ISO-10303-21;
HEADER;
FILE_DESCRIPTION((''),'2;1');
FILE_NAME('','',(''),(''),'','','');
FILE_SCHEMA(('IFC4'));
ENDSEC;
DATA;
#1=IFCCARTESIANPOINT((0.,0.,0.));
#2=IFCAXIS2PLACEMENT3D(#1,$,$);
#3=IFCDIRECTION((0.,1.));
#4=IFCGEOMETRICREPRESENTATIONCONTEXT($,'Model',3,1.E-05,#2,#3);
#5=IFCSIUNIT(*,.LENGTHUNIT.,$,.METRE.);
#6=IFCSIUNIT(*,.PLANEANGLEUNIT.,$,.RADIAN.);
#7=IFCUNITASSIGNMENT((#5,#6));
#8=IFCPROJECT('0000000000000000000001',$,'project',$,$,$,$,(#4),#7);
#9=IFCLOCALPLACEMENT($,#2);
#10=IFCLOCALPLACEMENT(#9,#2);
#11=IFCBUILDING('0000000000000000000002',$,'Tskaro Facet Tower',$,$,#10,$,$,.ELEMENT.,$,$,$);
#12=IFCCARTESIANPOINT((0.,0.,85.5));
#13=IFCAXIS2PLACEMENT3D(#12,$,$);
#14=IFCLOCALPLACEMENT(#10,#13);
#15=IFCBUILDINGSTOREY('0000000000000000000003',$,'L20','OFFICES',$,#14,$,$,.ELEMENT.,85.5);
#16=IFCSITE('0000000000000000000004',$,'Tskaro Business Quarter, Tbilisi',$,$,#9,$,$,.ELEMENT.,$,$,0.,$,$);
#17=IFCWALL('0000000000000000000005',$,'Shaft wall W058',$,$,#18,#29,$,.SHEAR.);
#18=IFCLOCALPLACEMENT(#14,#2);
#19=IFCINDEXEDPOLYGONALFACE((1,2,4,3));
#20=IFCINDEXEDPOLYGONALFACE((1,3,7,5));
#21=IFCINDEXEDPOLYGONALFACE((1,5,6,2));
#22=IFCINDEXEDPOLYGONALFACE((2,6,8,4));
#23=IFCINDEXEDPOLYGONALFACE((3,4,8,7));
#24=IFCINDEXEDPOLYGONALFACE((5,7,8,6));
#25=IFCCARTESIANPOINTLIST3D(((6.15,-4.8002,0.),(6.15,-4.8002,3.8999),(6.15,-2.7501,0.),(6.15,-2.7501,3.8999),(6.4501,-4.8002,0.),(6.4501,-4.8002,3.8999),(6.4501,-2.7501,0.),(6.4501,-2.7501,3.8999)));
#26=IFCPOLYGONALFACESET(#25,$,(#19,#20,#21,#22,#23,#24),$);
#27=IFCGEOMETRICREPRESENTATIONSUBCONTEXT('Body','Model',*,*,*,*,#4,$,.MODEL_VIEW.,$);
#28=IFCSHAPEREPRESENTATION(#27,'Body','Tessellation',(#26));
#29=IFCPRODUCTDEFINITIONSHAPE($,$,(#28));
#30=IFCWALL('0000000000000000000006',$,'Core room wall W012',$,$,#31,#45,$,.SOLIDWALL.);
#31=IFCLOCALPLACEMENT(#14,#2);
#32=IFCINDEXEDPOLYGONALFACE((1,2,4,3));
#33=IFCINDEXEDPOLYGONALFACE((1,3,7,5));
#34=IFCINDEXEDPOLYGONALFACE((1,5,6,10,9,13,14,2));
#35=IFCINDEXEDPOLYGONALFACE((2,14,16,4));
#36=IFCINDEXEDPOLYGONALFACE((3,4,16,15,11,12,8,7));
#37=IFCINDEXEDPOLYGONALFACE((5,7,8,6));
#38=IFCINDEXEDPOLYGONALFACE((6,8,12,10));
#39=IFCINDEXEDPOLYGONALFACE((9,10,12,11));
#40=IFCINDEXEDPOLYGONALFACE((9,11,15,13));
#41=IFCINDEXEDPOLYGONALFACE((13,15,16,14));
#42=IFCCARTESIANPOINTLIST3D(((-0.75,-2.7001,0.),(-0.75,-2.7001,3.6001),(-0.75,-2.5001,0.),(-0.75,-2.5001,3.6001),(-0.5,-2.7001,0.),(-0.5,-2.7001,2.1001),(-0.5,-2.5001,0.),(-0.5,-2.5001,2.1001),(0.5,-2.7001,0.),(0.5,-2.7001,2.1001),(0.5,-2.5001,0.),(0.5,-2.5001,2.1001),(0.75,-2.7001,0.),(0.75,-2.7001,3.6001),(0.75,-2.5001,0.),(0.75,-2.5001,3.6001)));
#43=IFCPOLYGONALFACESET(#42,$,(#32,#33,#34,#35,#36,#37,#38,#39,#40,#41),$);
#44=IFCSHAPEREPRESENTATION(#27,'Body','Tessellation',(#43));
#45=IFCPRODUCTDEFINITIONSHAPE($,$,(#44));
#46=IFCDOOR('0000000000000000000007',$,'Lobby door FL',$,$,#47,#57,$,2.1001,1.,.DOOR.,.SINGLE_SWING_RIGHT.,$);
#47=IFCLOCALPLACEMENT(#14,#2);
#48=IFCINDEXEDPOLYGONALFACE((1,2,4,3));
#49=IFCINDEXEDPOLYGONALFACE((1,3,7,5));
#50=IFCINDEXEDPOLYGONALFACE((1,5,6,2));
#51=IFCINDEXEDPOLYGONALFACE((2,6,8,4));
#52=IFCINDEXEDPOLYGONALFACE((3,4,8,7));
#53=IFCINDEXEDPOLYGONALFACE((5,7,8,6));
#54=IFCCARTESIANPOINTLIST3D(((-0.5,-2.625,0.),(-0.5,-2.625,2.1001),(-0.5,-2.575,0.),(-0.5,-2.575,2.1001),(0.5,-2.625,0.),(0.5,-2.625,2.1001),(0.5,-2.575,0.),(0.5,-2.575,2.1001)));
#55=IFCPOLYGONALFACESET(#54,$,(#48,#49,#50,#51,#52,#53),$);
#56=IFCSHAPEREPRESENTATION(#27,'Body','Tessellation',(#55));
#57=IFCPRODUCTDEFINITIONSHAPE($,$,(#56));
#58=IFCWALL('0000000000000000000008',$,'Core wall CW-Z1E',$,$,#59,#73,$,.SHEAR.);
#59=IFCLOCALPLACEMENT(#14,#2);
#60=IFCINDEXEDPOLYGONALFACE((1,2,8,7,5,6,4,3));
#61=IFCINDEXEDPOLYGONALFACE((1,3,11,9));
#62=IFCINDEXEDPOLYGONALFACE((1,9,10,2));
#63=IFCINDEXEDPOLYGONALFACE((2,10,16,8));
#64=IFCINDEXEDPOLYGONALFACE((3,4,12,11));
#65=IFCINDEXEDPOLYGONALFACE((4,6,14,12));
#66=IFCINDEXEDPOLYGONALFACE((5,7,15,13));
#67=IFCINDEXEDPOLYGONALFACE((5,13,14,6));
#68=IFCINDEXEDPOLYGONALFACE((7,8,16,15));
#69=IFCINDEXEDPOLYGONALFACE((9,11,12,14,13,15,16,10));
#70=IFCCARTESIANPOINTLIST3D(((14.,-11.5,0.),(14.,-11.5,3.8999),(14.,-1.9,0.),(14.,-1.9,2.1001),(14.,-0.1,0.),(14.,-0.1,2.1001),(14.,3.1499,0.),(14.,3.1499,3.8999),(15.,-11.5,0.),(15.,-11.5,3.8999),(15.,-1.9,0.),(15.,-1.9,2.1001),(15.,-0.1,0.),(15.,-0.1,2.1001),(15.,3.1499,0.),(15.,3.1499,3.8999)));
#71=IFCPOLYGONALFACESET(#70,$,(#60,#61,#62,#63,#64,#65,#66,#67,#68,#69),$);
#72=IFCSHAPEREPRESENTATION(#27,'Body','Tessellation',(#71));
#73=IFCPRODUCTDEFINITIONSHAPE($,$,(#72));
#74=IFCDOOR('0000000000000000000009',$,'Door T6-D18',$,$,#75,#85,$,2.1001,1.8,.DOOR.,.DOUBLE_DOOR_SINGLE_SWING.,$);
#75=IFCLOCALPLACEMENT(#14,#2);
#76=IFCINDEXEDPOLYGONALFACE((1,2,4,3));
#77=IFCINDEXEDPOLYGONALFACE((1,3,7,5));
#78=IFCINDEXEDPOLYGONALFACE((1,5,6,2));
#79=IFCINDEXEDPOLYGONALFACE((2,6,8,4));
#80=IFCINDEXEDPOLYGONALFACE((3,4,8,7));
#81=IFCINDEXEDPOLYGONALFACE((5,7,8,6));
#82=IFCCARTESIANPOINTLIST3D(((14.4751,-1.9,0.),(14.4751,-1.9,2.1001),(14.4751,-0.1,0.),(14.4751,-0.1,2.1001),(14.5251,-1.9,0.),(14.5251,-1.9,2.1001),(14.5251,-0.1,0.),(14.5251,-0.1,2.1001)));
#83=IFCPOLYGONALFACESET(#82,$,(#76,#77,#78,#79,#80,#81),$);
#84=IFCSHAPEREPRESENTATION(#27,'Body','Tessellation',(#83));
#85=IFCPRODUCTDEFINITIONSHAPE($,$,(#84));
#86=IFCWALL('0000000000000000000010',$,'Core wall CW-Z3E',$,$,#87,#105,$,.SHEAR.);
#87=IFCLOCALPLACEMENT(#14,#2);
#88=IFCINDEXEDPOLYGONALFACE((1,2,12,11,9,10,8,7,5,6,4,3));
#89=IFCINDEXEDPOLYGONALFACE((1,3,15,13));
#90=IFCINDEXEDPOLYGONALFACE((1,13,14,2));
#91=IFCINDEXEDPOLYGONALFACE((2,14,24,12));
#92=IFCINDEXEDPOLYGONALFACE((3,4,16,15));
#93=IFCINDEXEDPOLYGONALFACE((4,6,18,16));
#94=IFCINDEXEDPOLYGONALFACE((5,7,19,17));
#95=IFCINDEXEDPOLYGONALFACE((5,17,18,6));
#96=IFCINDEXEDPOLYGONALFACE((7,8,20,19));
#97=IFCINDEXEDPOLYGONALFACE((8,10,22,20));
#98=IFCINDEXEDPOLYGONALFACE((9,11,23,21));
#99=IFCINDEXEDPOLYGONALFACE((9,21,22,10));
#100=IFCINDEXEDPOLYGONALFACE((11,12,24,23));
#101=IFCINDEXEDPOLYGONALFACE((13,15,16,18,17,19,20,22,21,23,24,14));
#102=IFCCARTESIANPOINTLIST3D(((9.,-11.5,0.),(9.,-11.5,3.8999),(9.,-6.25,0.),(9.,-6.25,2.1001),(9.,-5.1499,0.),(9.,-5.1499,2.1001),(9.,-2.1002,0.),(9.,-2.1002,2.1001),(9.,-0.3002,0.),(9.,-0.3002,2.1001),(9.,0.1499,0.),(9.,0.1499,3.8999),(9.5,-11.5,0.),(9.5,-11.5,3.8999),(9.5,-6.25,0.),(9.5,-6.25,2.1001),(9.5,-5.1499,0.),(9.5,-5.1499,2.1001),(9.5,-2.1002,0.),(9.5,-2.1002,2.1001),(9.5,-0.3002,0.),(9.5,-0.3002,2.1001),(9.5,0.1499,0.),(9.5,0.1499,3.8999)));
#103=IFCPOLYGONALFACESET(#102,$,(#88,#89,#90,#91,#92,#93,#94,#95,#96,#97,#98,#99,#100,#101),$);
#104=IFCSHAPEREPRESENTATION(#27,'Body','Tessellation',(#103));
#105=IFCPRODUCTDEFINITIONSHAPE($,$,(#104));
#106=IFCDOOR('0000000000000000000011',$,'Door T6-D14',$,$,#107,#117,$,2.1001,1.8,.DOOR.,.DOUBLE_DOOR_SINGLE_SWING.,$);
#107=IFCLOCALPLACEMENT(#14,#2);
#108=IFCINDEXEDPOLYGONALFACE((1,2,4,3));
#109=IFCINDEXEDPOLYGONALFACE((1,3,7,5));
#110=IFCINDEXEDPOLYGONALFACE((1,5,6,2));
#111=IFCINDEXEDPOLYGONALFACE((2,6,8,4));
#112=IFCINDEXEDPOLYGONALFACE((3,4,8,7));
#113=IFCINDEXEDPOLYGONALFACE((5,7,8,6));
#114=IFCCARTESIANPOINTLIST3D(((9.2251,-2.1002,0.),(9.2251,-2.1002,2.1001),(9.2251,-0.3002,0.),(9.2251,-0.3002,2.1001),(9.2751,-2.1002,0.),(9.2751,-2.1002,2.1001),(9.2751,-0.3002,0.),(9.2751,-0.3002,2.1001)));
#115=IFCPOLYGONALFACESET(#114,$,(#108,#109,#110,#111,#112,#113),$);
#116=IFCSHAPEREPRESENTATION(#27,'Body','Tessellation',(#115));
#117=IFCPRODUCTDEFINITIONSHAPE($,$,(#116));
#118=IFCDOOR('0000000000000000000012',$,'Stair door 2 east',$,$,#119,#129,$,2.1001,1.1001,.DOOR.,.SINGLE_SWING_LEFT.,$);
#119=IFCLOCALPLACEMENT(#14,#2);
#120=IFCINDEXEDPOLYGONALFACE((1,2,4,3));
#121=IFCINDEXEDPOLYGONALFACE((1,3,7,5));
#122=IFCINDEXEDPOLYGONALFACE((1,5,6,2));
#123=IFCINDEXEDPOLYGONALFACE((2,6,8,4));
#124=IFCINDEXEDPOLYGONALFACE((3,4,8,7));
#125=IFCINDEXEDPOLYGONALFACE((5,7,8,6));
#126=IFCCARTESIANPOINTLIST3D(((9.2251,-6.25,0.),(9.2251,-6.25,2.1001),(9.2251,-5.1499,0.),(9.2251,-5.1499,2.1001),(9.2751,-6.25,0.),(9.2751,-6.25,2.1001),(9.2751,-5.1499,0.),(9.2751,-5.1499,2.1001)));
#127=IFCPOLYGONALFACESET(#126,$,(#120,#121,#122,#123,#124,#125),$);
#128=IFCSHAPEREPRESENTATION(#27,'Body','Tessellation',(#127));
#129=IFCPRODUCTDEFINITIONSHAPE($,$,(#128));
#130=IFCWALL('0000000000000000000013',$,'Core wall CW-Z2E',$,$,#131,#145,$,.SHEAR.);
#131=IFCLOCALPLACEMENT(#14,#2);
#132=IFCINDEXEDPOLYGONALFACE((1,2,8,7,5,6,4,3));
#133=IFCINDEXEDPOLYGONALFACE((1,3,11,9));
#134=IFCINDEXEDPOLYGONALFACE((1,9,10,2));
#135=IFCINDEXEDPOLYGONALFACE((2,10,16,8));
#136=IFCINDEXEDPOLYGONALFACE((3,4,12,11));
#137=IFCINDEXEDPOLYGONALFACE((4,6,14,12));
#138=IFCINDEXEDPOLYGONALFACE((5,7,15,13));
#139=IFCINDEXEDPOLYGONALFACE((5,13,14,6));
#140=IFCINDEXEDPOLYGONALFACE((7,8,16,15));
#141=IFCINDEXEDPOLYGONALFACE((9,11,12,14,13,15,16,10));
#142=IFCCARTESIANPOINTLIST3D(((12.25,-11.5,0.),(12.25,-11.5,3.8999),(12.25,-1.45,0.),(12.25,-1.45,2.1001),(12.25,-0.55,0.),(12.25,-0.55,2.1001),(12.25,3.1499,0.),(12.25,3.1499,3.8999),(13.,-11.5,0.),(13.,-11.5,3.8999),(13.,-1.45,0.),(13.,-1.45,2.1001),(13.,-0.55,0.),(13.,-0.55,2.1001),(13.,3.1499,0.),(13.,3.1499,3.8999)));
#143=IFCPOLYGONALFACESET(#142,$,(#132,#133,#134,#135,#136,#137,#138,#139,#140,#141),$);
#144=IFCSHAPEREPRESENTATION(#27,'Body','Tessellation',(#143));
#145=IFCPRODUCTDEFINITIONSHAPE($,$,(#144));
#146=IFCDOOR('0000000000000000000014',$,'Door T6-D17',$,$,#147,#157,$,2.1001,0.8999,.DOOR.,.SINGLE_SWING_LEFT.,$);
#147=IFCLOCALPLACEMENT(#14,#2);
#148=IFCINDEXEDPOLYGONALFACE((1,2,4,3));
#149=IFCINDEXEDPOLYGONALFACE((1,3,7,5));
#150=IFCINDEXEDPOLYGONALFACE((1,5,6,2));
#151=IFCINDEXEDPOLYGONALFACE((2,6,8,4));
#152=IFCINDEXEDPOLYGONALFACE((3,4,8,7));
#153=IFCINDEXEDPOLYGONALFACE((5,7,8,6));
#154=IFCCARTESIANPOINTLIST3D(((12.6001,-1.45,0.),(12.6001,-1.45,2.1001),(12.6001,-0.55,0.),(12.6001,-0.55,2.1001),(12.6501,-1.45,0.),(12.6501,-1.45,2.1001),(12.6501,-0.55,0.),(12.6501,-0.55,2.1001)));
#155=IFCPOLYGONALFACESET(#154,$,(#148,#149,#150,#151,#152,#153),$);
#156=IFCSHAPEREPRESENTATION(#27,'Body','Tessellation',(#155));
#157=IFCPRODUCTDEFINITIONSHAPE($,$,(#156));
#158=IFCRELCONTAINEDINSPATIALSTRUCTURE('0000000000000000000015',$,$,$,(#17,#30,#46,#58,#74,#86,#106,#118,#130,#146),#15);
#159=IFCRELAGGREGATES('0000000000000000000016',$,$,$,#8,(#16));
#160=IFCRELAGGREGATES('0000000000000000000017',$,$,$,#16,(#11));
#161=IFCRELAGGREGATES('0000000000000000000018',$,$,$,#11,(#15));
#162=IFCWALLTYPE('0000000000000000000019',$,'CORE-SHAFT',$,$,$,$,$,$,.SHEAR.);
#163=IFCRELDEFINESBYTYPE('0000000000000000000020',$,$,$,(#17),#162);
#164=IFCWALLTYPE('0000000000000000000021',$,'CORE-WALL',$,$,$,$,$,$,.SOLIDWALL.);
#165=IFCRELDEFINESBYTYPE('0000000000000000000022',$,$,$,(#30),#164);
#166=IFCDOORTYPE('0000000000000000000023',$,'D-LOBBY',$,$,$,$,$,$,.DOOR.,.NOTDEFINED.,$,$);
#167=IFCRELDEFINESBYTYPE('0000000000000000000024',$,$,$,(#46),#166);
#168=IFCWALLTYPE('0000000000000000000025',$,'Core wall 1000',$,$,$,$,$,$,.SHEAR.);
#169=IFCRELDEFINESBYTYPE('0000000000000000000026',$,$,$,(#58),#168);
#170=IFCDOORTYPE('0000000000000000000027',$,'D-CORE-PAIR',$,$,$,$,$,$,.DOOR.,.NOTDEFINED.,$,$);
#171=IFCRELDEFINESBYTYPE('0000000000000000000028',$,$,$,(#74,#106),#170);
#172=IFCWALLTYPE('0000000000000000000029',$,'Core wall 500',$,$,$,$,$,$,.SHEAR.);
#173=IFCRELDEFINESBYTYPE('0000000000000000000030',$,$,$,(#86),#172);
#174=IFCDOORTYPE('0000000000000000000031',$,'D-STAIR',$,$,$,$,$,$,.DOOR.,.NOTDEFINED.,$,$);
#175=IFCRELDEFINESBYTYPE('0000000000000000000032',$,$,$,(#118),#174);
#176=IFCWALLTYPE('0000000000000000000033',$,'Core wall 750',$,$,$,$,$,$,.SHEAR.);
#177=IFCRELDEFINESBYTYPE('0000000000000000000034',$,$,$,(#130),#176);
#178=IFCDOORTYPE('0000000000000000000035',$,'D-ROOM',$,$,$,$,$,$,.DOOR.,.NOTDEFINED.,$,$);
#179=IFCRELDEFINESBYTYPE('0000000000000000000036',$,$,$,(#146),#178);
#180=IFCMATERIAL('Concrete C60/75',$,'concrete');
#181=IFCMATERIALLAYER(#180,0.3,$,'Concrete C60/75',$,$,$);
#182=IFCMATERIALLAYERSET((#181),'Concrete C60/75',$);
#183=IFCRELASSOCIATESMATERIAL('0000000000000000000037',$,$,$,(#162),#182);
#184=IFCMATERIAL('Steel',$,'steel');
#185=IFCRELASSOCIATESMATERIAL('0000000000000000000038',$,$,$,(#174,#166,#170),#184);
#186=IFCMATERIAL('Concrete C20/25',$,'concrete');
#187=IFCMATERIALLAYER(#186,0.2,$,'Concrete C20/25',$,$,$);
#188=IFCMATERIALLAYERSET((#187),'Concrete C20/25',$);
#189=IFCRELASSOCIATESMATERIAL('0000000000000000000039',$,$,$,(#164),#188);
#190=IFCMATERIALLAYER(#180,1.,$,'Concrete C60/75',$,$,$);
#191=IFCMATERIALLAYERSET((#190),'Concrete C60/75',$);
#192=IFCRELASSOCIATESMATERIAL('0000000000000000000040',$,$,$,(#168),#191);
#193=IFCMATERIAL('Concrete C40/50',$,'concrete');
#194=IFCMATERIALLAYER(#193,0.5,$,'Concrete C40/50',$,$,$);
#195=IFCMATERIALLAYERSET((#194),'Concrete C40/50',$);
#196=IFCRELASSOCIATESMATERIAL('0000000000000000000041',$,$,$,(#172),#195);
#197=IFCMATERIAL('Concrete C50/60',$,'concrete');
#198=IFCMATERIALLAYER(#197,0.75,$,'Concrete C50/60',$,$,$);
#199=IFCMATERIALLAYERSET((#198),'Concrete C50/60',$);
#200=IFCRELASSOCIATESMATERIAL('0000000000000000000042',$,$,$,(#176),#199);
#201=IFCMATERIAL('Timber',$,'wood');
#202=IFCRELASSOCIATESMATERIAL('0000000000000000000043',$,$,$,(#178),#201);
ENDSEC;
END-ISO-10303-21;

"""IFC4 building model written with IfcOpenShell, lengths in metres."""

from ifc_helpers import new_model, si_unit, direction, frame, frame_2d, origin, place, context, subcontext, project, spatial, rectangle, extrude, material, layer, layer_set, type_object, element, fill, save


model = new_model("IFC4")

# Units and contexts
model_context = context("Model", 3, precision=1e-05, world=origin(), true_north=direction((0.0, 1.0)))
body_context = subcontext(model_context, "Body", "Model", "MODEL_VIEW")
ifc_project = project(units=[si_unit("LENGTHUNIT", "METRE"), si_unit("PLANEANGLEUNIT", "RADIAN")], contexts=[model_context])

# Site, building, storey
site_placement = place(None, origin())
site = spatial("IfcSite", under=ifc_project, at=site_placement, Name="Tskaro Business Quarter, Tbilisi", CompositionType="ELEMENT", RefElevation=0.0)
building_placement = place(site_placement, origin())
building = spatial("IfcBuilding", under=site, at=building_placement, Name="Tskaro Facet Tower", CompositionType="ELEMENT")
storey_placement = place(building_placement, frame((0.0, 0.0, 85.5)))
storey = spatial("IfcBuildingStorey", under=building, at=storey_placement, Name="L20", Description="OFFICES", CompositionType="ELEMENT", Elevation=85.5)

# Shared definitions
ifc_material_1 = material(Name="Concrete C60/75", Category="concrete")
ifc_layer_1 = layer(ifc_material_1, 0.3, Name="Concrete C60/75")
ifc_layer_set_1 = layer_set([ifc_layer_1], Name="Concrete C60/75")
wall_type_1 = type_object("IfcWallType", Name="CORE-SHAFT", PredefinedType="SHEAR", material=ifc_layer_set_1)

# Shared definitions
ifc_material_2 = material(Name="Steel", Category="steel")
door_type_1 = type_object("IfcDoorType", Name="D-STAIR", OperationType="NOTDEFINED", PredefinedType="DOOR", material=ifc_material_2)

# Wall
wall_1_placement = place(storey_placement, frame((6.3, -4.8, 0.0), z_axis=(0.0, 0.0, 1.0), x_axis=(0.0, 1.0, 0.0)))
element("IfcWall", 1, at=wall_1_placement, inside=storey, type_object=wall_type_1, Name="Shaft wall W058", PredefinedType="SHEAR", context=body_context, shape_type="SweptSolid", body=[
    extrude(rectangle(XDim=2.05, YDim=0.3, at=frame_2d((1.0249, 0.0))), origin(), (0.0, 0.0, 1.0), 3.8999),
])

# Walls, openings, doors
ifc_material_3 = material(Name="Concrete C20/25", Category="concrete")
ifc_layer_2 = layer(ifc_material_3, 0.2, Name="Concrete C20/25")
ifc_layer_set_2 = layer_set([ifc_layer_2], Name="Concrete C20/25")
wall_type_2 = type_object("IfcWallType", Name="CORE-WALL", PredefinedType="SOLIDWALL", material=ifc_layer_set_2)
wall_2_placement = place(storey_placement, frame((0.75, -2.6001, 0.0), z_axis=(0.0, 0.0, 1.0), x_axis=(-1.0, 0.0, 0.0)))
wall_2 = element("IfcWall", 2, at=wall_2_placement, inside=storey, type_object=wall_type_2, Name="Core room wall W012", PredefinedType="SOLIDWALL", context=body_context, shape_type="SweptSolid", body=[
    extrude(rectangle(XDim=1.5, YDim=0.2, at=frame_2d((0.75, 0.0))), origin(), (0.0, 0.0, 1.0), 3.6001),
])
opening_1_placement = place(wall_2_placement, frame((0.25, 0.0, 0.0)))
opening_1 = element("IfcOpeningElement", 3, at=opening_1_placement, cuts=wall_2, PredefinedType="OPENING", context=body_context, shape_type="SweptSolid", body=[
    extrude(rectangle(XDim=1.0, YDim=2.1001, at=frame_2d((0.5, 1.05))), frame((0.0, 0.1099, 0.0), z_axis=(0.0, -1.0, 0.0), x_axis=(1.0, 0.0, 0.0)), (0.0, 0.0, 1.0), 0.22),
])
door_type_2 = type_object("IfcDoorType", Name="D-LOBBY", OperationType="NOTDEFINED", PredefinedType="DOOR", material=ifc_material_2)
door_1_placement = place(opening_1_placement, origin())
door_1 = element("IfcDoor", 4, at=door_1_placement, inside=storey, type_object=door_type_2, Name="Lobby door FL", OperationType="SINGLE_SWING_RIGHT", OverallHeight=2.1001, OverallWidth=1.0, PredefinedType="DOOR", context=body_context, shape_type="SweptSolid", body=[
    extrude(rectangle(XDim=1.0, YDim=2.1001, at=frame_2d((0.5, 1.05))), frame((0.0, 0.0249, 0.0), z_axis=(0.0, -1.0, 0.0), x_axis=(1.0, 0.0, 0.0)), (0.0, 0.0, 1.0), 0.05),
])
fill(opening_1, door_1)
ifc_layer_3 = layer(ifc_material_1, 1.0, Name="Concrete C60/75")
ifc_layer_set_3 = layer_set([ifc_layer_3], Name="Concrete C60/75")
wall_type_3 = type_object("IfcWallType", Name="Core wall 1000", PredefinedType="SHEAR", material=ifc_layer_set_3)
wall_3_placement = place(storey_placement, frame((14.5, -11.5, 0.0), z_axis=(0.0, 0.0, 1.0), x_axis=(0.0, 1.0, 0.0)))
wall_3 = element("IfcWall", 5, at=wall_3_placement, inside=storey, type_object=wall_type_3, Name="Core wall CW-Z1E", PredefinedType="SHEAR", context=body_context, shape_type="SweptSolid", body=[
    extrude(rectangle(XDim=14.6499, YDim=1.0, at=frame_2d((7.325, 0.0))), origin(), (0.0, 0.0, 1.0), 3.8999),
])
opening_2_placement = place(wall_3_placement, frame((9.6001, 0.0, 0.0)))
opening_2 = element("IfcOpeningElement", 6, at=opening_2_placement, cuts=wall_3, PredefinedType="OPENING", context=body_context, shape_type="SweptSolid", body=[
    extrude(rectangle(XDim=1.8, YDim=2.1001, at=frame_2d((0.8999, 1.05))), frame((0.0, 0.51, 0.0), z_axis=(0.0, -1.0, 0.0), x_axis=(1.0, 0.0, 0.0)), (0.0, 0.0, 1.0), 1.02),
])
door_type_3 = type_object("IfcDoorType", Name="D-CORE-PAIR", OperationType="NOTDEFINED", PredefinedType="DOOR", material=ifc_material_2)
door_2_placement = place(opening_2_placement, origin())
door_2 = element("IfcDoor", 7, at=door_2_placement, inside=storey, type_object=door_type_3, Name="Door T6-D18", OperationType="DOUBLE_DOOR_SINGLE_SWING", OverallHeight=2.1001, OverallWidth=1.8, PredefinedType="DOOR", context=body_context, shape_type="SweptSolid", body=[
    extrude(rectangle(XDim=1.8, YDim=2.1001, at=frame_2d((0.8999, 1.05))), frame((0.0, 0.0249, 0.0), z_axis=(0.0, -1.0, 0.0), x_axis=(1.0, 0.0, 0.0)), (0.0, 0.0, 1.0), 0.05),
])
fill(opening_2, door_2)

# Wall, openings, doors
ifc_material_4 = material(Name="Concrete C40/50", Category="concrete")
ifc_layer_4 = layer(ifc_material_4, 0.5, Name="Concrete C40/50")
ifc_layer_set_4 = layer_set([ifc_layer_4], Name="Concrete C40/50")
wall_type_4 = type_object("IfcWallType", Name="Core wall 500", PredefinedType="SHEAR", material=ifc_layer_set_4)
wall_4_placement = place(storey_placement, frame((9.25, -11.5, 0.0), z_axis=(0.0, 0.0, 1.0), x_axis=(0.0, 1.0, 0.0)))
wall_4 = element("IfcWall", 8, at=wall_4_placement, inside=storey, type_object=wall_type_4, Name="Core wall CW-Z3E", PredefinedType="SHEAR", context=body_context, shape_type="SweptSolid", body=[
    extrude(rectangle(XDim=11.6499, YDim=0.5, at=frame_2d((5.825, 0.0))), origin(), (0.0, 0.0, 1.0), 3.8999),
])
opening_3_placement = place(wall_4_placement, frame((9.3999, 0.0, 0.0)))
opening_3 = element("IfcOpeningElement", 9, at=opening_3_placement, cuts=wall_4, PredefinedType="OPENING", context=body_context, shape_type="SweptSolid", body=[
    extrude(rectangle(XDim=1.8, YDim=2.1001, at=frame_2d((0.8999, 1.05))), frame((0.0, 0.26, 0.0), z_axis=(0.0, -1.0, 0.0), x_axis=(1.0, 0.0, 0.0)), (0.0, 0.0, 1.0), 0.52),
])
opening_4_placement = place(wall_4_placement, frame((5.25, 0.0, 0.0)))
opening_4 = element("IfcOpeningElement", 10, at=opening_4_placement, cuts=wall_4, PredefinedType="OPENING", context=body_context, shape_type="SweptSolid", body=[
    extrude(rectangle(XDim=1.1001, YDim=2.1001, at=frame_2d((0.55, 1.05))), frame((0.0, 0.26, 0.0), z_axis=(0.0, -1.0, 0.0), x_axis=(1.0, 0.0, 0.0)), (0.0, 0.0, 1.0), 0.52),
])
door_3_placement = place(opening_3_placement, origin())
door_3 = element("IfcDoor", 11, at=door_3_placement, inside=storey, type_object=door_type_3, Name="Door T6-D14", OperationType="DOUBLE_DOOR_SINGLE_SWING", OverallHeight=2.1001, OverallWidth=1.8, PredefinedType="DOOR", context=body_context, shape_type="SweptSolid", body=[
    extrude(rectangle(XDim=1.8, YDim=2.1001, at=frame_2d((0.8999, 1.05))), frame((0.0, 0.0249, 0.0), z_axis=(0.0, -1.0, 0.0), x_axis=(1.0, 0.0, 0.0)), (0.0, 0.0, 1.0), 0.05),
])
fill(opening_3, door_3)
door_4_placement = place(opening_4_placement, origin())
door_4 = element("IfcDoor", 12, at=door_4_placement, inside=storey, type_object=door_type_1, Name="Stair door 2 east", OperationType="SINGLE_SWING_LEFT", OverallHeight=2.1001, OverallWidth=1.1001, PredefinedType="DOOR", context=body_context, shape_type="SweptSolid", body=[
    extrude(rectangle(XDim=1.1001, YDim=2.1001, at=frame_2d((0.55, 1.05))), frame((0.0, 0.0249, 0.0), z_axis=(0.0, -1.0, 0.0), x_axis=(1.0, 0.0, 0.0)), (0.0, 0.0, 1.0), 0.05),
])
fill(opening_4, door_4)

# Wall, opening, door
ifc_material_5 = material(Name="Concrete C50/60", Category="concrete")
ifc_layer_5 = layer(ifc_material_5, 0.75, Name="Concrete C50/60")
ifc_layer_set_5 = layer_set([ifc_layer_5], Name="Concrete C50/60")
wall_type_5 = type_object("IfcWallType", Name="Core wall 750", PredefinedType="SHEAR", material=ifc_layer_set_5)
wall_5_placement = place(storey_placement, frame((12.625, -11.5, 0.0), z_axis=(0.0, 0.0, 1.0), x_axis=(0.0, 1.0, 0.0)))
wall_5 = element("IfcWall", 13, at=wall_5_placement, inside=storey, type_object=wall_type_5, Name="Core wall CW-Z2E", PredefinedType="SHEAR", context=body_context, shape_type="SweptSolid", body=[
    extrude(rectangle(XDim=14.6499, YDim=0.75, at=frame_2d((7.325, 0.0))), origin(), (0.0, 0.0, 1.0), 3.8999),
])
opening_5_placement = place(wall_5_placement, frame((10.05, 0.0, 0.0)))
opening_5 = element("IfcOpeningElement", 14, at=opening_5_placement, cuts=wall_5, PredefinedType="OPENING", context=body_context, shape_type="SweptSolid", body=[
    extrude(rectangle(XDim=0.8999, YDim=2.1001, at=frame_2d((0.45, 1.05))), frame((0.0, 0.385, 0.0), z_axis=(0.0, -1.0, 0.0), x_axis=(1.0, 0.0, 0.0)), (0.0, 0.0, 1.0), 0.77),
])
ifc_material_6 = material(Name="Timber", Category="wood")
door_type_4 = type_object("IfcDoorType", Name="D-ROOM", OperationType="NOTDEFINED", PredefinedType="DOOR", material=ifc_material_6)
door_5_placement = place(opening_5_placement, origin())
door_5 = element("IfcDoor", 15, at=door_5_placement, inside=storey, type_object=door_type_4, Name="Door T6-D17", OperationType="SINGLE_SWING_LEFT", OverallHeight=2.1001, OverallWidth=0.8999, PredefinedType="DOOR", context=body_context, shape_type="SweptSolid", body=[
    extrude(rectangle(XDim=0.8999, YDim=2.1001, at=frame_2d((0.45, 1.05))), frame((0.0, 0.0249, 0.0), z_axis=(0.0, -1.0, 0.0), x_axis=(1.0, 0.0, 0.0)), (0.0, 0.0, 1.0), 0.05),
])
fill(opening_5, door_5)

save(model, "model.ifc")
